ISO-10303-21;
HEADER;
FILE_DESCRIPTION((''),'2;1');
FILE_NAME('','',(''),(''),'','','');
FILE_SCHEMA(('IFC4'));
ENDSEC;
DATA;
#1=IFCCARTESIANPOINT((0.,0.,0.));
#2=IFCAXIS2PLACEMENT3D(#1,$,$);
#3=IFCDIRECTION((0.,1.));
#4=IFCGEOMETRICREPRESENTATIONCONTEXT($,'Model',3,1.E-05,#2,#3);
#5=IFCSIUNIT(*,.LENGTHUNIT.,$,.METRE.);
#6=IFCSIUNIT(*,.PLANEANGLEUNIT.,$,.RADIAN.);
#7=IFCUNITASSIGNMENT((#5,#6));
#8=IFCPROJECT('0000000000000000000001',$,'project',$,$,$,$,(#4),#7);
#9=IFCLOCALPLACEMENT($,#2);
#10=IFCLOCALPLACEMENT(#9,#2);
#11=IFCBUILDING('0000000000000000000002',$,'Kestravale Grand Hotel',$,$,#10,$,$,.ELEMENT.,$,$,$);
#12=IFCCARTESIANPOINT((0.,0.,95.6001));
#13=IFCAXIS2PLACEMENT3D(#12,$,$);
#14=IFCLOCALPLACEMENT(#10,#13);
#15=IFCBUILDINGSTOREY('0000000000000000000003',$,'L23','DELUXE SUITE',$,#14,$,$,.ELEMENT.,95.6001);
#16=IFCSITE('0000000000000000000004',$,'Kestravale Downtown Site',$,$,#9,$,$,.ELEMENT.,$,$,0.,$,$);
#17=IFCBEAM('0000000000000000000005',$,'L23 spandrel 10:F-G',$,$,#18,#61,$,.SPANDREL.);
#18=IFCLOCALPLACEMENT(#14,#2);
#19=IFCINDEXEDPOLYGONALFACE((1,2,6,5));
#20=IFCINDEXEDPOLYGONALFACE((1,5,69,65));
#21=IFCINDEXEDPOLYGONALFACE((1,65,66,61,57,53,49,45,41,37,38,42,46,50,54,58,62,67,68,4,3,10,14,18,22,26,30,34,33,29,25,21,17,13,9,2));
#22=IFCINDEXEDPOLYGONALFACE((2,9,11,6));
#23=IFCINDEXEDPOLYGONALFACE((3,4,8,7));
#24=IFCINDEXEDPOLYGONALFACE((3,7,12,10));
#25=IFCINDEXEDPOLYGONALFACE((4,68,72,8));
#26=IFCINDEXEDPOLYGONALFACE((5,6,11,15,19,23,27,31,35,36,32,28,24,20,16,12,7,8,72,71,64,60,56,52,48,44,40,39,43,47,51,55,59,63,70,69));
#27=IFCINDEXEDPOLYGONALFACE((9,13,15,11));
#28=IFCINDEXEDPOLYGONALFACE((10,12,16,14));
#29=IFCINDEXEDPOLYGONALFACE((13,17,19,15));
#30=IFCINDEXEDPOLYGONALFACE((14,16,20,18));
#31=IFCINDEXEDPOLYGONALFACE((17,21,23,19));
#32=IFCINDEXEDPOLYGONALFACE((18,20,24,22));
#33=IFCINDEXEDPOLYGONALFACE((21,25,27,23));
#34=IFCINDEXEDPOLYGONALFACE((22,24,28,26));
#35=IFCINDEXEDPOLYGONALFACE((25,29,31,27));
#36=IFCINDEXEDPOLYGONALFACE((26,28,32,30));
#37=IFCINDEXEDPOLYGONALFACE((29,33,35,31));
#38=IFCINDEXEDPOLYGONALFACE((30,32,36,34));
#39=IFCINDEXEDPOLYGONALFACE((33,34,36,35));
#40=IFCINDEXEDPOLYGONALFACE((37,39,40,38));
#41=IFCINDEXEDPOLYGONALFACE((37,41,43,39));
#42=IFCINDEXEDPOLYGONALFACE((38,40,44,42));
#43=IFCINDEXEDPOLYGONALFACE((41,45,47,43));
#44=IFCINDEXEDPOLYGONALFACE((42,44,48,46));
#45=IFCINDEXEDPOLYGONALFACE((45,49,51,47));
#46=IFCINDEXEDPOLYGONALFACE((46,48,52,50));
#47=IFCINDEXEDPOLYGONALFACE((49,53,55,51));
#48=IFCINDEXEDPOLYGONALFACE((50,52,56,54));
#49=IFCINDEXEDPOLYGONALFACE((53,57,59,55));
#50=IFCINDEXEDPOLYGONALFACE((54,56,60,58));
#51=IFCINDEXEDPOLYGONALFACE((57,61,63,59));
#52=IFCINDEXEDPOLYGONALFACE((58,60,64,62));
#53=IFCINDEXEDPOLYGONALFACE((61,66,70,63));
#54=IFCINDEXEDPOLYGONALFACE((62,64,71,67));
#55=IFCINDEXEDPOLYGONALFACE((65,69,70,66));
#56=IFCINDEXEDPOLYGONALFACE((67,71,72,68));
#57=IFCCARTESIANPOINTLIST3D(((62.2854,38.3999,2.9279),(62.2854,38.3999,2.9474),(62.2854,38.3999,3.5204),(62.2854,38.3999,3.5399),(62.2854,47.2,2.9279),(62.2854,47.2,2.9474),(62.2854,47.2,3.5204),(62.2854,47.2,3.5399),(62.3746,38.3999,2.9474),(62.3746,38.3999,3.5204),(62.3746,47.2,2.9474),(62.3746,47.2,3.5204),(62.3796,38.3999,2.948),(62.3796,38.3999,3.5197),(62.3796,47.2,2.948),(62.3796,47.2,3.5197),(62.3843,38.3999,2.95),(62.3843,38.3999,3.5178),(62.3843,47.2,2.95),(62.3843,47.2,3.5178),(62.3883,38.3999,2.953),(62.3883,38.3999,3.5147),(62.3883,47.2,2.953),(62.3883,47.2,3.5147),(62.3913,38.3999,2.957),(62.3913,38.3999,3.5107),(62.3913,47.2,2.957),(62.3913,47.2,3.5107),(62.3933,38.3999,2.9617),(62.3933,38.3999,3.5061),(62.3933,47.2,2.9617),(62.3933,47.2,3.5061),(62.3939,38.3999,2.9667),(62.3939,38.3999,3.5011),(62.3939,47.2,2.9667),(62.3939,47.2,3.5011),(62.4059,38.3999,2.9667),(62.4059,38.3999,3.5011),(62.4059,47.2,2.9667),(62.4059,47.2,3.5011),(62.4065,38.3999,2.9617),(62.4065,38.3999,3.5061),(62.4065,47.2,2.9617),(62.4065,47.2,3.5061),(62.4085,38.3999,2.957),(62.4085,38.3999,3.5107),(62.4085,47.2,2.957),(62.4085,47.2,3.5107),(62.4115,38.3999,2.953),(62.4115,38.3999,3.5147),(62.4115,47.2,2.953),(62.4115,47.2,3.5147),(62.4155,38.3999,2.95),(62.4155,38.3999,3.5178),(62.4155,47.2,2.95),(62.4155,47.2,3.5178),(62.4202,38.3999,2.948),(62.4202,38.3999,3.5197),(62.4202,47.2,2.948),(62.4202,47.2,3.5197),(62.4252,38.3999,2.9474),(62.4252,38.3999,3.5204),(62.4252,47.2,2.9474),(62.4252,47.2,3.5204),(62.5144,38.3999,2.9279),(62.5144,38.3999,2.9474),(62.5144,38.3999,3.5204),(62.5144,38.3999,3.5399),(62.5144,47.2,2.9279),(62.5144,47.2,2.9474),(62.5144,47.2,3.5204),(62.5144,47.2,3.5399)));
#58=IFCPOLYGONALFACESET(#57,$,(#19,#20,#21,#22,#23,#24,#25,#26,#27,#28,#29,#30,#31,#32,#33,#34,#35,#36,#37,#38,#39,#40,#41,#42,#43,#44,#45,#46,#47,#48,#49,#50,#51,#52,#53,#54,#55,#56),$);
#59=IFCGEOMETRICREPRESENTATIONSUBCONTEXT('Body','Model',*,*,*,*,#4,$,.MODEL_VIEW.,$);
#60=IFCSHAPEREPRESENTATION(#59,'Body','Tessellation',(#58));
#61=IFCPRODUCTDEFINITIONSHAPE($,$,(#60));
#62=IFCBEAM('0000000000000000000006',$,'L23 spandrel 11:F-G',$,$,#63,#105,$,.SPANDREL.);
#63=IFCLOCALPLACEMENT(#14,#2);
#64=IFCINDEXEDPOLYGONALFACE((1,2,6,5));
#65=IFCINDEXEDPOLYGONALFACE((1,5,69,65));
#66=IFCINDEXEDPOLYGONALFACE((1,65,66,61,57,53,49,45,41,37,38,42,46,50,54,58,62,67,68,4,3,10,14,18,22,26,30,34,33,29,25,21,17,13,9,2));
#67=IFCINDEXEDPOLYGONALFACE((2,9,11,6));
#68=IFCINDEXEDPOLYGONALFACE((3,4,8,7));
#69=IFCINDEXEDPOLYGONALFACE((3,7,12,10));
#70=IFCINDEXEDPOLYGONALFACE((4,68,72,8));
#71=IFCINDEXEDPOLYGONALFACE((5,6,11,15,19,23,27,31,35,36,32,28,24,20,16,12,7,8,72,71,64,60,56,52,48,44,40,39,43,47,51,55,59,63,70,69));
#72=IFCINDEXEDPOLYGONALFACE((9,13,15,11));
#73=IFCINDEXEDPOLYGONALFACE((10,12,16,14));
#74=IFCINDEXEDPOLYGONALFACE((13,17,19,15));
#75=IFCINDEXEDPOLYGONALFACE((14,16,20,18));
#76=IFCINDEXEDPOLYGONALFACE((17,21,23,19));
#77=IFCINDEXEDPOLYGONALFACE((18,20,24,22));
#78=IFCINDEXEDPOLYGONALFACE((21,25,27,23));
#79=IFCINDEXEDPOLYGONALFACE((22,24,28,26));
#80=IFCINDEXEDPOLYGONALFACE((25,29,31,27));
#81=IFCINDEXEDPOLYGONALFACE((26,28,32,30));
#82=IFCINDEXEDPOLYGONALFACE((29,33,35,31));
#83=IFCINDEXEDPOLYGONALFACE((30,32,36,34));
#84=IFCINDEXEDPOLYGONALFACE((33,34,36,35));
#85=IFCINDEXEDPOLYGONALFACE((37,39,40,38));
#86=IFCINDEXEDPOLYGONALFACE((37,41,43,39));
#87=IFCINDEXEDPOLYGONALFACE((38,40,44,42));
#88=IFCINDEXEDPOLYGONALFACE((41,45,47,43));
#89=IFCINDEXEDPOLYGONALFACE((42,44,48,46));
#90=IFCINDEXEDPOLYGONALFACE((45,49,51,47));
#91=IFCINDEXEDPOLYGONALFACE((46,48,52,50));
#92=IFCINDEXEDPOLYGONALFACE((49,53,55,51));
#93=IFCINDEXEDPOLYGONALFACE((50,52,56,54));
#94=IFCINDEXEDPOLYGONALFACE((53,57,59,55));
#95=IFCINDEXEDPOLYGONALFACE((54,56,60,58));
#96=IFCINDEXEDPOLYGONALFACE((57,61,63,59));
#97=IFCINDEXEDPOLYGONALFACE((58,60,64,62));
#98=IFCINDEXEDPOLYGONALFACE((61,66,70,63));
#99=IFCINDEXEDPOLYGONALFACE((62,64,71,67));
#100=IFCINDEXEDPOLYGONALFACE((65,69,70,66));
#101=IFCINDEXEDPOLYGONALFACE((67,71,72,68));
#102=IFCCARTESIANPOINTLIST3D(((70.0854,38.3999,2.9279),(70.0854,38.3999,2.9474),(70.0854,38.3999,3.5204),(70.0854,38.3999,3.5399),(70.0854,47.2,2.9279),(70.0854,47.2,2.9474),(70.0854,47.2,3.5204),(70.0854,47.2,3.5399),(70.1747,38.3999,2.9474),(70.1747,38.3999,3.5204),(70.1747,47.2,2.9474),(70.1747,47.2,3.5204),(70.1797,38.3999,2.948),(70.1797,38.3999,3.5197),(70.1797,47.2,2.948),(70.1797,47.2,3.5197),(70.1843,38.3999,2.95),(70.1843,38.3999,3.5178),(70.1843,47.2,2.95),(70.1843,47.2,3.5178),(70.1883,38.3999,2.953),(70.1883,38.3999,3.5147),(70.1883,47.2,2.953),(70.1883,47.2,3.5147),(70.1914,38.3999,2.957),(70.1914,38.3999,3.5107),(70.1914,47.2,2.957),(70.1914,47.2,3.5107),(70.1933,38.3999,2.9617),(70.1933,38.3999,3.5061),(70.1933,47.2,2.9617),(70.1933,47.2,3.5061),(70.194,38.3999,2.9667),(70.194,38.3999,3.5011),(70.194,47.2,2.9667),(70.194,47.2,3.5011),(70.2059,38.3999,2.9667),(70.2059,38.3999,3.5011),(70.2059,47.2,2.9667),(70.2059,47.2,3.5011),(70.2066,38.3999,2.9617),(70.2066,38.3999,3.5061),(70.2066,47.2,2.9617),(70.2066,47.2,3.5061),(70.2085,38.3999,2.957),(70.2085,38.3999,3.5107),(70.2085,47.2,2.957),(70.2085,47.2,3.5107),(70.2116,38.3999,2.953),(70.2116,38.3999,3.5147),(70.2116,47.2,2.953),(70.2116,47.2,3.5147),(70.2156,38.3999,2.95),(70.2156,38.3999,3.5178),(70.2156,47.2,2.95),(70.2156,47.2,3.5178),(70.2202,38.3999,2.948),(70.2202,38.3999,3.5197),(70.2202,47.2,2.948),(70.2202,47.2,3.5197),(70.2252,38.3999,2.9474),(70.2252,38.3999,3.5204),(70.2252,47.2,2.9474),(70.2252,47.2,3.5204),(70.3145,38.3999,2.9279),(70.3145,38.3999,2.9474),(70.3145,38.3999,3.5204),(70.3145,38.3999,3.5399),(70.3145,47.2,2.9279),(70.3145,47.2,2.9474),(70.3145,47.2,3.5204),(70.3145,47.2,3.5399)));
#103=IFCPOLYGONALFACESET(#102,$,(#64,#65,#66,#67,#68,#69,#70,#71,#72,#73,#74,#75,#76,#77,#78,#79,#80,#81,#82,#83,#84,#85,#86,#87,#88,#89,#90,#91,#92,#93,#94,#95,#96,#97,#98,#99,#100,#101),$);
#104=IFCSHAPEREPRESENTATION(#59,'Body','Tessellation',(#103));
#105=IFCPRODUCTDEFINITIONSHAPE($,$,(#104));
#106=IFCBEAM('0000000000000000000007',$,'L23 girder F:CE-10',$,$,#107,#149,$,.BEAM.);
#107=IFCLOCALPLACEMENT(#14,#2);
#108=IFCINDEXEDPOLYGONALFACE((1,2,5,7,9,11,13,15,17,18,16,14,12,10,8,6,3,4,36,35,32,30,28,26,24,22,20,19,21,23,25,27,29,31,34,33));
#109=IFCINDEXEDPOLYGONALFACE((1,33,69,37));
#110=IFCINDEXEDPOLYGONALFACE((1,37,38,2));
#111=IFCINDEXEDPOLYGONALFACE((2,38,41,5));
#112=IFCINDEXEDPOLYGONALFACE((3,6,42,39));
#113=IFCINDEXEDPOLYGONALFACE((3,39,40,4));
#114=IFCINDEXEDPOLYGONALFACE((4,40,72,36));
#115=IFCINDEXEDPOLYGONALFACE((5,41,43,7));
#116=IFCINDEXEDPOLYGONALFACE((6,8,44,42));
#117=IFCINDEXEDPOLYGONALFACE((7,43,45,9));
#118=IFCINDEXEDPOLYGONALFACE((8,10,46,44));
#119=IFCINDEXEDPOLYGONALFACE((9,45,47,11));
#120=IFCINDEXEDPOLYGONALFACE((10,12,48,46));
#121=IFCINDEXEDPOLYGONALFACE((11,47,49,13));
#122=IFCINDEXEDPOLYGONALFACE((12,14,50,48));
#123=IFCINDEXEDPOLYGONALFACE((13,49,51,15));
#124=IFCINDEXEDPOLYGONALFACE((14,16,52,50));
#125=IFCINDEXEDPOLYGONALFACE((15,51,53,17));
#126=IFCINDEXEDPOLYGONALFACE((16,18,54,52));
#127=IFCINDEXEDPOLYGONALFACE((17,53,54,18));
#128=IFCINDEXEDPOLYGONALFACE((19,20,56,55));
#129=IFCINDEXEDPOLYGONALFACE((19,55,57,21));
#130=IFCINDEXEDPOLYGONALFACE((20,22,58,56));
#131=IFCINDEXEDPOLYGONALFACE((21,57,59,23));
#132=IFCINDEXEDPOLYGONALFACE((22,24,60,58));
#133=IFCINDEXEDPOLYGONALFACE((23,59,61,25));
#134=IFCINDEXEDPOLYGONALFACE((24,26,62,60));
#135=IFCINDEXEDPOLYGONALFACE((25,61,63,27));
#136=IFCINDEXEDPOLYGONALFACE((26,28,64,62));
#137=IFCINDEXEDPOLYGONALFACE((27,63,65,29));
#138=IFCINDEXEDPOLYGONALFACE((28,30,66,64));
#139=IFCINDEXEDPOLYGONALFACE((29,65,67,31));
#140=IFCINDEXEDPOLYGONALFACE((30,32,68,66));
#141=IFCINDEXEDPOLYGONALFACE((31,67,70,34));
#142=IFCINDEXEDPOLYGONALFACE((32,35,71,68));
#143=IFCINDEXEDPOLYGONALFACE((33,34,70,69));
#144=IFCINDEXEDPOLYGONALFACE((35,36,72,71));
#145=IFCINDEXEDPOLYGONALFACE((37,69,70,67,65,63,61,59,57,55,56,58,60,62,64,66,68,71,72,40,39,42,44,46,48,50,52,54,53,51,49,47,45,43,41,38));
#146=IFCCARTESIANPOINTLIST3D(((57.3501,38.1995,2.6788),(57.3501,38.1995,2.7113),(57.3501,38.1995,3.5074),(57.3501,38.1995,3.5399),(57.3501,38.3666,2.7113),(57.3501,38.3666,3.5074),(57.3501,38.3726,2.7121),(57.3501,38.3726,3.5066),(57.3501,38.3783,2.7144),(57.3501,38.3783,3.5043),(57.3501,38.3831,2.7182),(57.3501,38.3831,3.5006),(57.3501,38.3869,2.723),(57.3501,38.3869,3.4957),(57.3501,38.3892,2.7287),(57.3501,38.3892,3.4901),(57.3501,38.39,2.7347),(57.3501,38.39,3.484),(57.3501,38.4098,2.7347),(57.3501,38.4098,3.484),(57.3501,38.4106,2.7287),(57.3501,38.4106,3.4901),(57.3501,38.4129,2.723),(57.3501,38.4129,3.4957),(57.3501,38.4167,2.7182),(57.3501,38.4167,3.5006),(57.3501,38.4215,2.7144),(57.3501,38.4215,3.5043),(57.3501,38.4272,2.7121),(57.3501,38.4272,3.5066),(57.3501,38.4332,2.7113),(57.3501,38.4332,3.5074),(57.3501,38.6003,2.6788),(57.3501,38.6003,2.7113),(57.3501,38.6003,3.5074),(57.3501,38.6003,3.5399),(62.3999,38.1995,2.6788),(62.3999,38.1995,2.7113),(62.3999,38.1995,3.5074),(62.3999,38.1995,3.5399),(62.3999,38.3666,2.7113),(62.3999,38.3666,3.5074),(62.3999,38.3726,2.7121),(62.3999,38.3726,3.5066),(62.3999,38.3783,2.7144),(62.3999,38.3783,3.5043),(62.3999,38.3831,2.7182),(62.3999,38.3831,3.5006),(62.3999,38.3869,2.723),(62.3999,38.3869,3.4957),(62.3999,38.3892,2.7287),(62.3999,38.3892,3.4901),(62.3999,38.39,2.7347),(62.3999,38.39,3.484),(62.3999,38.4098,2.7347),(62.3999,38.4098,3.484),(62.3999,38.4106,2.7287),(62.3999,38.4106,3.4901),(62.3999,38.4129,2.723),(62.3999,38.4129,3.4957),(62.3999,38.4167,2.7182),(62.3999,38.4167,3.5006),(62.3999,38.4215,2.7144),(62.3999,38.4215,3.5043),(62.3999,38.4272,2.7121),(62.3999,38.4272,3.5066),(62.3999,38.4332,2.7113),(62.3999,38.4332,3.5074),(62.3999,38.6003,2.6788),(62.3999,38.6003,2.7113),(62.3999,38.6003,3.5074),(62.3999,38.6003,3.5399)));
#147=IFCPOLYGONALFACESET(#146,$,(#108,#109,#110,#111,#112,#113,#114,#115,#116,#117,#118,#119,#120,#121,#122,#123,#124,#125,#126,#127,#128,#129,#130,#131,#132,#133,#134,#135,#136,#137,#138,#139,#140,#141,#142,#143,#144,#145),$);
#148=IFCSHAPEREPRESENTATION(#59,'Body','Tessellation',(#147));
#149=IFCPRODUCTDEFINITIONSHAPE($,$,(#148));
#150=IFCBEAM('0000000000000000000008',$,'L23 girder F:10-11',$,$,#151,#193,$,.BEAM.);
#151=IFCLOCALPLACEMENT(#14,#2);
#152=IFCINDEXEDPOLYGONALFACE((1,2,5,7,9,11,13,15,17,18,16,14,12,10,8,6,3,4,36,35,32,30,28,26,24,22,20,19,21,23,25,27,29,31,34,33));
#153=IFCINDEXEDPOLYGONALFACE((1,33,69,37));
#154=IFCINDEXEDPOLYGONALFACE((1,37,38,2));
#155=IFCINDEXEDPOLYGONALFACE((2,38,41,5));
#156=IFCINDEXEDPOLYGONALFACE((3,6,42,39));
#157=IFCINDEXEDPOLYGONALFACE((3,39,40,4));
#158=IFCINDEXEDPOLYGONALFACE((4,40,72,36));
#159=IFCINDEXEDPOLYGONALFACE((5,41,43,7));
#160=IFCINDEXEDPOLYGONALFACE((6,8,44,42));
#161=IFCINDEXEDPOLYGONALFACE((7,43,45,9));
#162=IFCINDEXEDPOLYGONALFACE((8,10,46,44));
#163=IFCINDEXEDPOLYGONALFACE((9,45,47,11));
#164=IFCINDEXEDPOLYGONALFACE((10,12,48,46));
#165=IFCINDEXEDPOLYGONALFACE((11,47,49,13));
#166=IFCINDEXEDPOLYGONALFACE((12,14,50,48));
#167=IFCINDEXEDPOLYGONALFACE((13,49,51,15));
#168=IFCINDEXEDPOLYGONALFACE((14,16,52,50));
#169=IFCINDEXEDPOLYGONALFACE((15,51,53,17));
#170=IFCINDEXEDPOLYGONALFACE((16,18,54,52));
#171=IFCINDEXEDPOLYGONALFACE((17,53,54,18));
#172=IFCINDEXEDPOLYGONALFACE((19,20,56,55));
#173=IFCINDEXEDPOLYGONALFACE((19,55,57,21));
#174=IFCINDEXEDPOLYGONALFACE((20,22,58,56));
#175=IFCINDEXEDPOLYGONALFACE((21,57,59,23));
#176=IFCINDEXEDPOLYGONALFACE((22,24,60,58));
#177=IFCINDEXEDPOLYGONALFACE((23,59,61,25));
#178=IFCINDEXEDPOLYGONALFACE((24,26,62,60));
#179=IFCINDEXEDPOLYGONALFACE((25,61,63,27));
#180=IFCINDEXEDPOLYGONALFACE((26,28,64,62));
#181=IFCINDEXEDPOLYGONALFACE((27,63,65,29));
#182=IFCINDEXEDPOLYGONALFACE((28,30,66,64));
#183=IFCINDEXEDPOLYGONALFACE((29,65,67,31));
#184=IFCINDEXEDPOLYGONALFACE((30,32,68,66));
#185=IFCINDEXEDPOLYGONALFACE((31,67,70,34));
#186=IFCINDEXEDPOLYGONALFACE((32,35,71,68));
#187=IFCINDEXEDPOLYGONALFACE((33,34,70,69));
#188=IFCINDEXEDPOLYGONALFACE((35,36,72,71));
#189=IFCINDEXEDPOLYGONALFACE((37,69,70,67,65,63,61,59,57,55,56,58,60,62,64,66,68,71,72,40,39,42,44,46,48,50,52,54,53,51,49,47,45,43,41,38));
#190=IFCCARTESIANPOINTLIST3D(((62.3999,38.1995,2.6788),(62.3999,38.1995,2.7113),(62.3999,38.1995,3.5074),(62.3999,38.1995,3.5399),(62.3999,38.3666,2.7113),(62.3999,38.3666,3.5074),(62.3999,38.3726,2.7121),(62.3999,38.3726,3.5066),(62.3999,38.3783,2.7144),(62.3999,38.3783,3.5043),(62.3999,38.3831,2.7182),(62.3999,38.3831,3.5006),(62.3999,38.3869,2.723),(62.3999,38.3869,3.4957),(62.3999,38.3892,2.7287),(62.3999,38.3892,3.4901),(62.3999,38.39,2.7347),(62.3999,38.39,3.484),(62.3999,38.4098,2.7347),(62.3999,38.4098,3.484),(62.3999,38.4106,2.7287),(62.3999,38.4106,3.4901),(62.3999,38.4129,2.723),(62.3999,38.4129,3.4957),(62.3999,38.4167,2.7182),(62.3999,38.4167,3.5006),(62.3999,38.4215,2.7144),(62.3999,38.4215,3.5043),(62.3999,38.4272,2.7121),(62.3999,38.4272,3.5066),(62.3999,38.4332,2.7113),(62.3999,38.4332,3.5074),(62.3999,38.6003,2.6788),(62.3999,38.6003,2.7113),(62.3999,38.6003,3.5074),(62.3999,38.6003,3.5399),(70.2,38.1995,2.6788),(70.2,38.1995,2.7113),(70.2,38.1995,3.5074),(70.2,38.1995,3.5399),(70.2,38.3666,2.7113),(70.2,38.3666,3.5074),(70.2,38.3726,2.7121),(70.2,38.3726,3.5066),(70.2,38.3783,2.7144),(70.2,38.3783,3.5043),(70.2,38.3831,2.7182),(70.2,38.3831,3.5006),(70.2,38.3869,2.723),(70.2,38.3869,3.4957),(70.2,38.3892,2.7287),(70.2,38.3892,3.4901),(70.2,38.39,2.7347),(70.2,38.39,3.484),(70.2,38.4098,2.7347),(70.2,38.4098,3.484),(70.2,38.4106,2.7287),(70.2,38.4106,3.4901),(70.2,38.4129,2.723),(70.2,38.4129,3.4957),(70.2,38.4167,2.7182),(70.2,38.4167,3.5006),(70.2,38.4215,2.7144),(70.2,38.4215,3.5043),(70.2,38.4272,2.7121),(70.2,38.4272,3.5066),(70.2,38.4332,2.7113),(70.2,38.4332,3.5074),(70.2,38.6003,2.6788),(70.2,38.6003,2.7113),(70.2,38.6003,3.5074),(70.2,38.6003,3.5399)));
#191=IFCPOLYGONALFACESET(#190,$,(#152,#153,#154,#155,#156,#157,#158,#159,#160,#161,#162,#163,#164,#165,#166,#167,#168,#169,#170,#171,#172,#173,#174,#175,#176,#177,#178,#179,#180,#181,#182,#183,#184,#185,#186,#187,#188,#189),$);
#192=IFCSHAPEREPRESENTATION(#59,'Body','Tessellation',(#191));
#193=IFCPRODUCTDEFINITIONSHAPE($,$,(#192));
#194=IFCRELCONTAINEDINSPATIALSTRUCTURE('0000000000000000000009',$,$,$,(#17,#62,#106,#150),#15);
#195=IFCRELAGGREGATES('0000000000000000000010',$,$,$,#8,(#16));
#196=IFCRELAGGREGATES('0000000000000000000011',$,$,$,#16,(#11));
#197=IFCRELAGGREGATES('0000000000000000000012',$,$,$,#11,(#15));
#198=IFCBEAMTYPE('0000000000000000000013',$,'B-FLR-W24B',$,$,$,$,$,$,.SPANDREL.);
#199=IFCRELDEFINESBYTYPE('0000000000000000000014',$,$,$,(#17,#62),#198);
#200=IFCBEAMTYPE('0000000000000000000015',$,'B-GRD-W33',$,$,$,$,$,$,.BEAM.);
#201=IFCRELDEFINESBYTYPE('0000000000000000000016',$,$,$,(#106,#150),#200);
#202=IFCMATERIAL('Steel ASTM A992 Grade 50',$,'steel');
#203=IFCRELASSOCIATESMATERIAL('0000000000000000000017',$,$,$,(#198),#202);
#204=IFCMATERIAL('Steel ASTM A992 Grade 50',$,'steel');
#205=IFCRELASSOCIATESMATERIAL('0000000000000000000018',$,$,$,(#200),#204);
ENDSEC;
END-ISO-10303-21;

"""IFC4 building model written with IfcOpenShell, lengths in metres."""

from ifc_helpers import new_model, si_unit, direction, frame, origin, origin_2d, place, context, subcontext, project, spatial, i_section, extrude, material, material_profile, profile_set, type_object, element, save


model = new_model("IFC4")

# Units and contexts
model_context = context("Model", 3, precision=1e-05, world=origin(), true_north=direction((0.0, 1.0)))
body_context = subcontext(model_context, "Body", "Model", "MODEL_VIEW")
ifc_project = project(units=[si_unit("LENGTHUNIT", "METRE"), si_unit("PLANEANGLEUNIT", "RADIAN")], contexts=[model_context])

# Site, building, storey
site_placement = place(None, origin())
site = spatial("IfcSite", under=ifc_project, at=site_placement, Name="Kestravale Downtown Site", CompositionType="ELEMENT", RefElevation=0.0)
building_placement = place(site_placement, origin())
building = spatial("IfcBuilding", under=site, at=building_placement, Name="Kestravale Grand Hotel", CompositionType="ELEMENT")
storey_placement = place(building_placement, frame((0.0, 0.0, 95.6001)))
storey = spatial("IfcBuildingStorey", under=building, at=storey_placement, Name="L23", Description="DELUXE SUITE", CompositionType="ELEMENT", Elevation=95.6001)

# Beams
ifc_material_1 = material(Name="Steel ASTM A992 Grade 50", Category="steel")
ifc_material_profile_1 = material_profile(ifc_material_1, i_section(OverallWidth=0.229, OverallDepth=0.6121, WebThickness=0.012, FlangeThickness=0.0195, FilletRadius=0.0193, at=origin_2d()))
ifc_profile_set_1 = profile_set([ifc_material_profile_1], Name="Steel ASTM A992 Grade 50")
beam_type_1 = type_object("IfcBeamType", Name="B-FLR-W24B", PredefinedType="SPANDREL", material=ifc_profile_set_1)
for number, where, z_axis, x_axis, name in (
    (1, (62.3999, 38.3999, 3.2339), (0.0, 1.0, 0.0), (-1.0, 0.0, 0.0), "L23 spandrel 10:F-G"),
    (2, (70.2, 38.3999, 3.2339), (0.0, 1.0, 0.0), (-1.0, 0.0, 0.0), "L23 spandrel 11:F-G"),
):
    element("IfcBeam", number, at=place(storey_placement, frame(where, z_axis=z_axis, x_axis=x_axis)), inside=storey, type_object=beam_type_1, Name=name, PredefinedType="SPANDREL", context=body_context, shape_type="SweptSolid", body=[
        extrude(i_section(OverallWidth=0.229, OverallDepth=0.6121, WebThickness=0.012, FlangeThickness=0.0195, FilletRadius=0.0193, at=origin_2d()), origin(), (0.0, 0.0, 1.0), 8.8),
    ])
ifc_material_2 = material(Name="Steel ASTM A992 Grade 50", Category="steel")
ifc_material_profile_2 = material_profile(ifc_material_2, i_section(OverallWidth=0.4009, OverallDepth=0.8611, WebThickness=0.0198, FlangeThickness=0.0325, FilletRadius=0.0234, at=origin_2d()))
ifc_profile_set_2 = profile_set([ifc_material_profile_2], Name="Steel ASTM A992 Grade 50")
beam_type_2 = type_object("IfcBeamType", Name="B-GRD-W33", PredefinedType="BEAM", material=ifc_profile_set_2)
beam_1_placement = place(storey_placement, frame((57.3501, 38.3999, 3.1094), z_axis=(1.0, 0.0, 0.0), x_axis=(0.0, 1.0, 0.0)))
element("IfcBeam", 3, at=beam_1_placement, inside=storey, type_object=beam_type_2, Name="L23 girder F:CE-10", PredefinedType="BEAM", context=body_context, shape_type="SweptSolid", body=[
    extrude(i_section(OverallWidth=0.4009, OverallDepth=0.8611, WebThickness=0.0198, FlangeThickness=0.0325, FilletRadius=0.0234, at=origin_2d()), origin(), (0.0, 0.0, 1.0), 5.0498),
])
beam_2_placement = place(storey_placement, frame((62.3999, 38.3999, 3.1094), z_axis=(1.0, 0.0, 0.0), x_axis=(0.0, 1.0, 0.0)))
element("IfcBeam", 4, at=beam_2_placement, inside=storey, type_object=beam_type_2, Name="L23 girder F:10-11", PredefinedType="BEAM", context=body_context, shape_type="SweptSolid", body=[
    extrude(i_section(OverallWidth=0.4009, OverallDepth=0.8611, WebThickness=0.0198, FlangeThickness=0.0325, FilletRadius=0.0234, at=origin_2d()), origin(), (0.0, 0.0, 1.0), 7.8),
])

save(model, "model.ifc")
